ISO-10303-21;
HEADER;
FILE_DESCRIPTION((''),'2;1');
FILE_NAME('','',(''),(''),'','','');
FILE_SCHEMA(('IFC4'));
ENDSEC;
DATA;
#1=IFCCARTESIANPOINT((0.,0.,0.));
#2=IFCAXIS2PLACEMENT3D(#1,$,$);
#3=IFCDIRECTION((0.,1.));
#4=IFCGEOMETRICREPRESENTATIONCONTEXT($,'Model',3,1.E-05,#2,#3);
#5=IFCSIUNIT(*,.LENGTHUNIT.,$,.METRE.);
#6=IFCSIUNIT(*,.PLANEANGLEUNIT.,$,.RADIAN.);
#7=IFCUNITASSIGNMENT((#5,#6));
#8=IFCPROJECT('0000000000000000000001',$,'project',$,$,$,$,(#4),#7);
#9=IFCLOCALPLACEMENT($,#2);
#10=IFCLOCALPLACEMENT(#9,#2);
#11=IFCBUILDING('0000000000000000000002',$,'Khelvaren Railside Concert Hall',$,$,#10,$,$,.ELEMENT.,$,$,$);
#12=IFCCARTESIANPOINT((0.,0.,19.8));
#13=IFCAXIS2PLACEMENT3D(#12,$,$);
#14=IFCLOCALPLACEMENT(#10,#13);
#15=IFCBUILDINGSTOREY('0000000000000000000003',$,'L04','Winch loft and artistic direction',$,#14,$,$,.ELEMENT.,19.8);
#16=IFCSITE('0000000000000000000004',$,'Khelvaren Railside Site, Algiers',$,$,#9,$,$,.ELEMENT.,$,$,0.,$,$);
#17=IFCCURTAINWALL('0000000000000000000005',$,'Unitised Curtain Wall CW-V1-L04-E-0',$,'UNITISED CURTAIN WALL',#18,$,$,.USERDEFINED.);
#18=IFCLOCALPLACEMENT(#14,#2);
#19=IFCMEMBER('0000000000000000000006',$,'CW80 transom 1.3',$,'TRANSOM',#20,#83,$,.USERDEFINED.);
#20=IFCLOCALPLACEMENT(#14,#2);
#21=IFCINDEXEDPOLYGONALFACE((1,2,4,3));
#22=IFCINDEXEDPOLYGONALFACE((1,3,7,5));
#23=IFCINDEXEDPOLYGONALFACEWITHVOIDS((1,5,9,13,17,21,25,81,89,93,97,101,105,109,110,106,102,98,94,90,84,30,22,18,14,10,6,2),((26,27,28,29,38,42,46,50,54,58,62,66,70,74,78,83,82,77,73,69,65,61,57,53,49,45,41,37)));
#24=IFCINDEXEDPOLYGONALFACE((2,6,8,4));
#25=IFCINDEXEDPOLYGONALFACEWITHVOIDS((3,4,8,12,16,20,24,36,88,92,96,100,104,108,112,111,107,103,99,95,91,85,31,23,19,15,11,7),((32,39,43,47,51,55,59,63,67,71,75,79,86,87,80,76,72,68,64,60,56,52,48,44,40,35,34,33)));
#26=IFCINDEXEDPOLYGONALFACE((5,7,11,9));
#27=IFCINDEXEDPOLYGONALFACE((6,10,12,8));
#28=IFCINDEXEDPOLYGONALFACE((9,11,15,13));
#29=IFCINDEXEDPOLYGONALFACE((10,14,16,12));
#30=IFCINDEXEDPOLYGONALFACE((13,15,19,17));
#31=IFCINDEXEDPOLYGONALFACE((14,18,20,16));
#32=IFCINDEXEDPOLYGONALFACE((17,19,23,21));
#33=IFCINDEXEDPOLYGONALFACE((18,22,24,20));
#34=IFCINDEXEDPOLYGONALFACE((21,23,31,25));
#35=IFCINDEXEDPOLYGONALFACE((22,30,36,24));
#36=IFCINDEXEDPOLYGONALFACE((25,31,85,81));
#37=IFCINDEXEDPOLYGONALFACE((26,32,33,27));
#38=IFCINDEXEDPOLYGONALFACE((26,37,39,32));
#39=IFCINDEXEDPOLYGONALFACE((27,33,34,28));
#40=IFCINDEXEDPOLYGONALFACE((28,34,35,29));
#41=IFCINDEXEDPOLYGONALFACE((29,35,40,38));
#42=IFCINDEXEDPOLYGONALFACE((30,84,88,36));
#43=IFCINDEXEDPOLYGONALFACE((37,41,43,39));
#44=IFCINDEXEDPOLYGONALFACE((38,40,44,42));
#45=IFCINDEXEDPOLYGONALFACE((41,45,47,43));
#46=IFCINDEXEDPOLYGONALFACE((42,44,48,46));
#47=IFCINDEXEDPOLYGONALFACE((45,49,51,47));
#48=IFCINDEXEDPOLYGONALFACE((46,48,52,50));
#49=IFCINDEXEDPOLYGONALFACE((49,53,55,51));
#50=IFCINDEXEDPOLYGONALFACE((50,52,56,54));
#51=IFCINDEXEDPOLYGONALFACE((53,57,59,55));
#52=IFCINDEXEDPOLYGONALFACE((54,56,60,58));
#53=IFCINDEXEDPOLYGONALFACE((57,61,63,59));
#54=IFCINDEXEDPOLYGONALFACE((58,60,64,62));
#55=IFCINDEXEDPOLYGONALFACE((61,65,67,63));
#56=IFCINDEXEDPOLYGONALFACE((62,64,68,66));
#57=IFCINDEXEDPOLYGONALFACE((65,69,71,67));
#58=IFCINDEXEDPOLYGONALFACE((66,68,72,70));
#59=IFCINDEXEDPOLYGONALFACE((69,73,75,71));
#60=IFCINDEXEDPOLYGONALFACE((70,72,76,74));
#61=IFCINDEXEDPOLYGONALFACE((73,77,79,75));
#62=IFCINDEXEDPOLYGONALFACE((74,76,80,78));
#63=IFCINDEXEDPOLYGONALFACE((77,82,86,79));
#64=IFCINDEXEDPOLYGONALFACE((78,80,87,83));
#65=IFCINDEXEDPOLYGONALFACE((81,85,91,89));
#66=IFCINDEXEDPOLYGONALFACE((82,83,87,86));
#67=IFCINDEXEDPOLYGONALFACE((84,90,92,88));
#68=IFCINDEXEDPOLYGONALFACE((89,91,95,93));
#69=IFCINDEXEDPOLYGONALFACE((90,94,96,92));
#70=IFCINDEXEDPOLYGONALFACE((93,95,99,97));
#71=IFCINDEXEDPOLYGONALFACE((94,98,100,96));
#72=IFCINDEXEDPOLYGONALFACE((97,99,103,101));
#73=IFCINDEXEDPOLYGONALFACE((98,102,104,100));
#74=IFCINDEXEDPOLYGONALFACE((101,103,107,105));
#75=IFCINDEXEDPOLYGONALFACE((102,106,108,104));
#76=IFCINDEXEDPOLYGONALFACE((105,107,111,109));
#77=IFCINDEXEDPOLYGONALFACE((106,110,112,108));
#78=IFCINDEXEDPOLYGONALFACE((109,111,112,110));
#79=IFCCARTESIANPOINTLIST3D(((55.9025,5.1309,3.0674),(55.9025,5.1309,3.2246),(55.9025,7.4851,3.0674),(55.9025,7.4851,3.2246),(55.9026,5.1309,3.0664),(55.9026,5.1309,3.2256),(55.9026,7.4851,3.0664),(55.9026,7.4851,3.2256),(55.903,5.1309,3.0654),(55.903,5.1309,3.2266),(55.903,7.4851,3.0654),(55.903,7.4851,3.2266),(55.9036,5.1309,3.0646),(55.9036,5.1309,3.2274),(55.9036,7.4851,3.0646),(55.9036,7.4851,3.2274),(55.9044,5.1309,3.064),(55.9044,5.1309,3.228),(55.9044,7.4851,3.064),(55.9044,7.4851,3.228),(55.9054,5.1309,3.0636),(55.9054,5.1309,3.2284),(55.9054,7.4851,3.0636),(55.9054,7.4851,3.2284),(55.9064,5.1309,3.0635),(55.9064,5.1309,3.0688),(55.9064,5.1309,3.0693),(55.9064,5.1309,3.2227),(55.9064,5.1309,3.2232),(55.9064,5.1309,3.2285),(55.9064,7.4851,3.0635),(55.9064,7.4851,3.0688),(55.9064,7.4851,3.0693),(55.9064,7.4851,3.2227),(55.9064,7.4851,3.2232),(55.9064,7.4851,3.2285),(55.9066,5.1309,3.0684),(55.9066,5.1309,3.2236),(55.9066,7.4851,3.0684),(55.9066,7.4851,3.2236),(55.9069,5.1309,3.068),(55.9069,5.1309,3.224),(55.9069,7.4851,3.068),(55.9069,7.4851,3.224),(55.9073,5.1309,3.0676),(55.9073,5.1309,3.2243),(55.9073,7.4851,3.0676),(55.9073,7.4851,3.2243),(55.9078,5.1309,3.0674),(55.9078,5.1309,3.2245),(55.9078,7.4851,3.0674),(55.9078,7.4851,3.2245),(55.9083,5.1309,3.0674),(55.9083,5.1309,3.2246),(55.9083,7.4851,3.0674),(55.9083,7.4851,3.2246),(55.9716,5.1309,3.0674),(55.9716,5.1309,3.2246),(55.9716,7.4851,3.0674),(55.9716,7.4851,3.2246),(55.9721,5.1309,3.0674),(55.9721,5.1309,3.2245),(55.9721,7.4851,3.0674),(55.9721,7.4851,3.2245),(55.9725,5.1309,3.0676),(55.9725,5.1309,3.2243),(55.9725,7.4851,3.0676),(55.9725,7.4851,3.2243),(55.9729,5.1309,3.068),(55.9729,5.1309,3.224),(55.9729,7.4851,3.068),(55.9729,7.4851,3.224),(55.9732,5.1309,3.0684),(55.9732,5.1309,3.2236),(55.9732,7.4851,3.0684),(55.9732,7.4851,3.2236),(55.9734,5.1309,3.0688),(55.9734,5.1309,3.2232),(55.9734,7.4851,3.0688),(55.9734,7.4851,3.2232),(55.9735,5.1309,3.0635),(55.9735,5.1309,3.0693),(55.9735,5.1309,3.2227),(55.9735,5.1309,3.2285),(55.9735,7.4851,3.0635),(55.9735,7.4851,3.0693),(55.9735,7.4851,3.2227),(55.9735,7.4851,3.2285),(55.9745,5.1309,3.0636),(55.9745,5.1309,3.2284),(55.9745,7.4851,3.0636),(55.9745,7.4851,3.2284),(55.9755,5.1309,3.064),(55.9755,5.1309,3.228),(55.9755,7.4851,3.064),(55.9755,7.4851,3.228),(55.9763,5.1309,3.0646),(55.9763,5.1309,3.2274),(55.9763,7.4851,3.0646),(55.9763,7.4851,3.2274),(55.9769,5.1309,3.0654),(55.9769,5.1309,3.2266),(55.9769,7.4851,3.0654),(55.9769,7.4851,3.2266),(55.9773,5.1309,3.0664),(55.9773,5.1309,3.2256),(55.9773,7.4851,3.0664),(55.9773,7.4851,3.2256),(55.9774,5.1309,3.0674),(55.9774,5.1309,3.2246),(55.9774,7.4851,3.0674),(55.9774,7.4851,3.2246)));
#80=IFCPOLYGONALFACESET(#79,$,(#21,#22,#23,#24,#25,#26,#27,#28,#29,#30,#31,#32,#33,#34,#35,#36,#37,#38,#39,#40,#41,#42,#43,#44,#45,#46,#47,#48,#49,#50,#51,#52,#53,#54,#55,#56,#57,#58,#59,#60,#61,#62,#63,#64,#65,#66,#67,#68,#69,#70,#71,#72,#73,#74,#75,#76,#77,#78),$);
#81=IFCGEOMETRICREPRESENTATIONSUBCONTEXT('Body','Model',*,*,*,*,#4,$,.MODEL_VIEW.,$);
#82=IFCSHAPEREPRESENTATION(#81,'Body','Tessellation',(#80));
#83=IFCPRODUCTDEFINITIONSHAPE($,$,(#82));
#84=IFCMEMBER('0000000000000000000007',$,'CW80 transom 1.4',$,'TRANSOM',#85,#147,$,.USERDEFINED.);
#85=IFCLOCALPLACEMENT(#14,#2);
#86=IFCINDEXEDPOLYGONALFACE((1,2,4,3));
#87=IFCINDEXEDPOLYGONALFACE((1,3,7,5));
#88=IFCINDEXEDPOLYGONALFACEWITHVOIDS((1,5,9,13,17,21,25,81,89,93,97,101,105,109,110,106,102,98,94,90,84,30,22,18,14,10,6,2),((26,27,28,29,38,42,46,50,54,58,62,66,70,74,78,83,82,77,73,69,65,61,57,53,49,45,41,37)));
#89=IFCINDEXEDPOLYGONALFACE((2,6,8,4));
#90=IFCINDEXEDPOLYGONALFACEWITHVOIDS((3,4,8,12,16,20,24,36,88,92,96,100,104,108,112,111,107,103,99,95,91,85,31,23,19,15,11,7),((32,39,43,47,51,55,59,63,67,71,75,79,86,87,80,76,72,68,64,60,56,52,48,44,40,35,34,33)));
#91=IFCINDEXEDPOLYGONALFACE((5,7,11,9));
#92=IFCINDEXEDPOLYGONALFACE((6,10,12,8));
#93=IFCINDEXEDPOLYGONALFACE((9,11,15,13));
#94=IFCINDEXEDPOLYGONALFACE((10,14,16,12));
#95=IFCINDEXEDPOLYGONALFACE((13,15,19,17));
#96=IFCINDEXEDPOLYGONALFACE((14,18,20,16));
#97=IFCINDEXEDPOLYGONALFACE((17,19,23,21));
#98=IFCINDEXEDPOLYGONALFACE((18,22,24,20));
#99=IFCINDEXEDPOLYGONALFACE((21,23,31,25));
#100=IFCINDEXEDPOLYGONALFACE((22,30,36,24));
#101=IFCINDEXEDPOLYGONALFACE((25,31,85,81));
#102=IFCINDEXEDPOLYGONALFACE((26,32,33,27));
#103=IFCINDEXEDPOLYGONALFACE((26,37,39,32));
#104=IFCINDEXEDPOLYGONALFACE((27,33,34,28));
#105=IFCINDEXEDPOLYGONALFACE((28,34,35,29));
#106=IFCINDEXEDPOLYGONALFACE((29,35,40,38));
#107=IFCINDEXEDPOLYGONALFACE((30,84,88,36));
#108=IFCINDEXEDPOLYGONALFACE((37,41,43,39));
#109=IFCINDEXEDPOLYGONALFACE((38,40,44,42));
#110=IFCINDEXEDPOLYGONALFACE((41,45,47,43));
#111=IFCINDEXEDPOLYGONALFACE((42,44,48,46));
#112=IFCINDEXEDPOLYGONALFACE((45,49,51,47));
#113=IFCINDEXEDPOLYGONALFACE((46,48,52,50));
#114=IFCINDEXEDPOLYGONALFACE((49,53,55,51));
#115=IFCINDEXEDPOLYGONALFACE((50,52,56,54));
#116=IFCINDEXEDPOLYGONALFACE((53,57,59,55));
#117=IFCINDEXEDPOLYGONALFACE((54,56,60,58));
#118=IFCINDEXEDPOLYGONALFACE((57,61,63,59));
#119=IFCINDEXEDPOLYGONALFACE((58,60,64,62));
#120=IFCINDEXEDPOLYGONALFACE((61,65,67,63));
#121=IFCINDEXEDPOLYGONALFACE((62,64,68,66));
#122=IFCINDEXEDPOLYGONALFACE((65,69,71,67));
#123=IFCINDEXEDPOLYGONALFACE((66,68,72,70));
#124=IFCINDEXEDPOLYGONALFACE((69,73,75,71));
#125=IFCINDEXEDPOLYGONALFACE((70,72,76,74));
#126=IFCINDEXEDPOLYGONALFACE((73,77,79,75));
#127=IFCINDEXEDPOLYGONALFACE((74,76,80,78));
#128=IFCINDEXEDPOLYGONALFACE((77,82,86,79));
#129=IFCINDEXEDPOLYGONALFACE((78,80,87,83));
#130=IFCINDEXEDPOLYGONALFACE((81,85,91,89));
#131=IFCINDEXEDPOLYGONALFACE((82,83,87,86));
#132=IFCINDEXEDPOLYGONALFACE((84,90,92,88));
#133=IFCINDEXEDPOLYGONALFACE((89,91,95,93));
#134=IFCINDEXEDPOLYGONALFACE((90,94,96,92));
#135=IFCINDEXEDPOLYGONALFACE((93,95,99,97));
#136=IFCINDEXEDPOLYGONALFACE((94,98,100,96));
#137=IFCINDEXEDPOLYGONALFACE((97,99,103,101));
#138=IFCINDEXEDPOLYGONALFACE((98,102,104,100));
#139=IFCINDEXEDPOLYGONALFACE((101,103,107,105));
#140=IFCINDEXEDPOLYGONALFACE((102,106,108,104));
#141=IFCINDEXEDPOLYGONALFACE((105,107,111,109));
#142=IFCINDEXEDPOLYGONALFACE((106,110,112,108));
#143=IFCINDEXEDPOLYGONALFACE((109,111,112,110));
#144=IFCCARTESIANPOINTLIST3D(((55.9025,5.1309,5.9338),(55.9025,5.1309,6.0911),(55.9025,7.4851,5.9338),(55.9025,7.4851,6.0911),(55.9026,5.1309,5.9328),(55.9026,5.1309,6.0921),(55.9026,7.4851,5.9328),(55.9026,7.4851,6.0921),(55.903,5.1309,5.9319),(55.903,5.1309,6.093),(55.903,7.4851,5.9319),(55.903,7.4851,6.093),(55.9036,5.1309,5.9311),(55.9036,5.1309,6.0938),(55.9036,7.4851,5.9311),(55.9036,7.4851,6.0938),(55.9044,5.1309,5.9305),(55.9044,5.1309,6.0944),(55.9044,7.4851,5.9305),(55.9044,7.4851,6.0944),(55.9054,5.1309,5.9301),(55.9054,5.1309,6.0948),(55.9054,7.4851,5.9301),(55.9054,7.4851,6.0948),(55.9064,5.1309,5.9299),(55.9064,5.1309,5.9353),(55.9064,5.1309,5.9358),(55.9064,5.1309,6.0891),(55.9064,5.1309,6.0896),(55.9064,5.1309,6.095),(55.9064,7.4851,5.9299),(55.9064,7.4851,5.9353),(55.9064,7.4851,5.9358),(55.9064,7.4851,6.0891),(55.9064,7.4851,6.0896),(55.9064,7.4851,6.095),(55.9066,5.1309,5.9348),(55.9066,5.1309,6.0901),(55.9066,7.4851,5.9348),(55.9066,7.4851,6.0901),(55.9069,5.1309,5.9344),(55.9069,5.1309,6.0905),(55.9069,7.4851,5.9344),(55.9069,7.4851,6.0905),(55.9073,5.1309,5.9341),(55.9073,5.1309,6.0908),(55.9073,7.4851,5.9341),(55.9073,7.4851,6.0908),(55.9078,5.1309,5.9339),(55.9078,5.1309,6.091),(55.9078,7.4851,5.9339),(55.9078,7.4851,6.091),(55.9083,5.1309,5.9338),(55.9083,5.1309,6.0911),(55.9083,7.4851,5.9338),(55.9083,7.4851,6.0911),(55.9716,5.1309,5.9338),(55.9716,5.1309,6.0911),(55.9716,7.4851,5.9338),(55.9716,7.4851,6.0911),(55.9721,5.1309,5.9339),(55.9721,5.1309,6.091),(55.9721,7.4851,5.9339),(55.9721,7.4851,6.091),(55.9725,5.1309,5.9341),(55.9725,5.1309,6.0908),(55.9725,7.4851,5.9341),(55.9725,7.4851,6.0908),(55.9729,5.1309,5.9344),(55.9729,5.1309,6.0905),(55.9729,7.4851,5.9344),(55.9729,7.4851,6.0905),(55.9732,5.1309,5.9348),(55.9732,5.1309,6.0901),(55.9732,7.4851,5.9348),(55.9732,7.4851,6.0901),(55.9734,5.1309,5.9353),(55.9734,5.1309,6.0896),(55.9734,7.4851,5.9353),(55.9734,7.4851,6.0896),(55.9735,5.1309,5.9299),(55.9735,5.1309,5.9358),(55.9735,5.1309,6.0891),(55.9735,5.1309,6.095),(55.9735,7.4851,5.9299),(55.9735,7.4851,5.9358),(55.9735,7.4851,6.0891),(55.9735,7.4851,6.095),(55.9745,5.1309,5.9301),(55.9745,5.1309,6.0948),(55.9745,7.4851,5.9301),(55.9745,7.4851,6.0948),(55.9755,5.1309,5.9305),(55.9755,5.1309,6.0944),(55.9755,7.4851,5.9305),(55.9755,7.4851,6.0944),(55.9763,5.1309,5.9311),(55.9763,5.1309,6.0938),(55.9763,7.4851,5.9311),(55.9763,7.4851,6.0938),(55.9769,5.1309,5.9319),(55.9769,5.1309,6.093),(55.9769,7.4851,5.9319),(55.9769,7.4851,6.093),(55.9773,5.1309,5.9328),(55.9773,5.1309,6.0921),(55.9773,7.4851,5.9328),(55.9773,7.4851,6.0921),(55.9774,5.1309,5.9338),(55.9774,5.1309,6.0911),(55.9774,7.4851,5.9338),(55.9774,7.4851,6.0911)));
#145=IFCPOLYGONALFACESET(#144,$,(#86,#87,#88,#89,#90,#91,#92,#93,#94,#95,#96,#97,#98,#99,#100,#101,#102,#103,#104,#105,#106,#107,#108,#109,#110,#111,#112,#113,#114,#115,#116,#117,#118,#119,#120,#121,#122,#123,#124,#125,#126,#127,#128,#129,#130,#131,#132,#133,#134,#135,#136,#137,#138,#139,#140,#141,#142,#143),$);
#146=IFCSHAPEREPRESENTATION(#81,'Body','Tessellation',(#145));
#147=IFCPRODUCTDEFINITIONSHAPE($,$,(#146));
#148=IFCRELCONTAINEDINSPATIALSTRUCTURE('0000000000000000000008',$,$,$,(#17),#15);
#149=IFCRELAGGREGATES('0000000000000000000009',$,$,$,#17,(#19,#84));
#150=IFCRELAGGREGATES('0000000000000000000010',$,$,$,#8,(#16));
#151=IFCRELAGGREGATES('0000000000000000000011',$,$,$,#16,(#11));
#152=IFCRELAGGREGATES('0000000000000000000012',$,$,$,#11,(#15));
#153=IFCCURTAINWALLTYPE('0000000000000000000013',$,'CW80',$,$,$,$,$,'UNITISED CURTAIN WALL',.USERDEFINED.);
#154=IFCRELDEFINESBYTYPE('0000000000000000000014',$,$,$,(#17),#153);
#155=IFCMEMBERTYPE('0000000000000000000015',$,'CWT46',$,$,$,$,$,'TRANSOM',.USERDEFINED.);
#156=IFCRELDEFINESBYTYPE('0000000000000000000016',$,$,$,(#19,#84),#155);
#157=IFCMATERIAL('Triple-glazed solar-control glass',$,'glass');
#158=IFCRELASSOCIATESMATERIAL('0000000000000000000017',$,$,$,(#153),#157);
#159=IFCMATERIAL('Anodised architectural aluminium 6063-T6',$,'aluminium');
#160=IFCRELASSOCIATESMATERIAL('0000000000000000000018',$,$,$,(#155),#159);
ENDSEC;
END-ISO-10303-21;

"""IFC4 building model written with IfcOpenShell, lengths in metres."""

from ifc_helpers import new_model, si_unit, direction, frame, origin, origin_2d, place, context, subcontext, project, spatial, hollow_rectangle, extrude, material, material_profile, profile_set, type_object, element, aggregate, save


model = new_model("IFC4")

# Units and contexts
model_context = context("Model", 3, precision=1e-05, world=origin(), true_north=direction((0.0, 1.0)))
body_context = subcontext(model_context, "Body", "Model", "MODEL_VIEW")
ifc_project = project(units=[si_unit("LENGTHUNIT", "METRE"), si_unit("PLANEANGLEUNIT", "RADIAN")], contexts=[model_context])

# Site, building, storey
site_placement = place(None, origin())
site = spatial("IfcSite", under=ifc_project, at=site_placement, Name="Khelvaren Railside Site, Algiers", CompositionType="ELEMENT", RefElevation=0.0)
building_placement = place(site_placement, origin())
building = spatial("IfcBuilding", under=site, at=building_placement, Name="Khelvaren Railside Concert Hall", CompositionType="ELEMENT")
storey_placement = place(building_placement, frame((0.0, 0.0, 19.8)))
storey = spatial("IfcBuildingStorey", under=building, at=storey_placement, Name="L04", Description="Winch loft and artistic direction", CompositionType="ELEMENT", Elevation=19.8)

# Curtain wall, members
ifc_material_1 = material(Name="Triple-glazed solar-control glass", Category="glass")
curtain_wall_type = type_object("IfcCurtainWallType", Name="CW80", ElementType="UNITISED CURTAIN WALL", PredefinedType="USERDEFINED", material=ifc_material_1)
curtain_wall_placement = place(storey_placement, origin())
curtain_wall = element("IfcCurtainWall", 1, at=curtain_wall_placement, inside=storey, type_object=curtain_wall_type, Name="Unitised Curtain Wall CW-V1-L04-E-0", ObjectType="UNITISED CURTAIN WALL", PredefinedType="USERDEFINED")
ifc_material_2 = material(Name="Anodised architectural aluminium 6063-T6", Category="aluminium")
ifc_material_profile_1 = material_profile(ifc_material_2, hollow_rectangle(XDim=0.075, YDim=0.165, WallThickness=0.0039, InnerFilletRadius=0.002, OuterFilletRadius=0.0039, at=origin_2d()), Name="CWT 75x165x4")
ifc_profile_set_1 = profile_set([ifc_material_profile_1], Name="Anodised architectural aluminium 6063-T6")
member_type_1 = type_object("IfcMemberType", Name="CWT46", ElementType="TRANSOM", PredefinedType="USERDEFINED", material=ifc_profile_set_1)
member_1_placement = place(storey_placement, frame((55.9399, 7.4851, 3.146), z_axis=(0.0, -1.0, 0.0), x_axis=(1.0, 0.0, 0.0)))
member_1 = element("IfcMember", 2, at=member_1_placement, type_object=member_type_1, Name="CW80 transom 1.3", ObjectType="TRANSOM", PredefinedType="USERDEFINED", context=body_context, shape_type="SweptSolid", body=[
    extrude(hollow_rectangle(XDim=0.075, YDim=0.165, WallThickness=0.0039, InnerFilletRadius=0.002, OuterFilletRadius=0.0039, at=origin_2d()), origin(), (0.0, 0.0, 1.0), 2.3542),
])
member_2_placement = place(storey_placement, frame((55.9399, 7.4851, 6.0125), z_axis=(0.0, -1.0, 0.0), x_axis=(1.0, 0.0, 0.0)))
member_2 = element("IfcMember", 3, at=member_2_placement, type_object=member_type_1, Name="CW80 transom 1.4", ObjectType="TRANSOM", PredefinedType="USERDEFINED", context=body_context, shape_type="SweptSolid", body=[
    extrude(hollow_rectangle(XDim=0.075, YDim=0.165, WallThickness=0.0039, InnerFilletRadius=0.002, OuterFilletRadius=0.0039, at=origin_2d()), origin(), (0.0, 0.0, 1.0), 2.3542),
])

aggregate(curtain_wall, [member_1, member_2])

save(model, "model.ifc")
